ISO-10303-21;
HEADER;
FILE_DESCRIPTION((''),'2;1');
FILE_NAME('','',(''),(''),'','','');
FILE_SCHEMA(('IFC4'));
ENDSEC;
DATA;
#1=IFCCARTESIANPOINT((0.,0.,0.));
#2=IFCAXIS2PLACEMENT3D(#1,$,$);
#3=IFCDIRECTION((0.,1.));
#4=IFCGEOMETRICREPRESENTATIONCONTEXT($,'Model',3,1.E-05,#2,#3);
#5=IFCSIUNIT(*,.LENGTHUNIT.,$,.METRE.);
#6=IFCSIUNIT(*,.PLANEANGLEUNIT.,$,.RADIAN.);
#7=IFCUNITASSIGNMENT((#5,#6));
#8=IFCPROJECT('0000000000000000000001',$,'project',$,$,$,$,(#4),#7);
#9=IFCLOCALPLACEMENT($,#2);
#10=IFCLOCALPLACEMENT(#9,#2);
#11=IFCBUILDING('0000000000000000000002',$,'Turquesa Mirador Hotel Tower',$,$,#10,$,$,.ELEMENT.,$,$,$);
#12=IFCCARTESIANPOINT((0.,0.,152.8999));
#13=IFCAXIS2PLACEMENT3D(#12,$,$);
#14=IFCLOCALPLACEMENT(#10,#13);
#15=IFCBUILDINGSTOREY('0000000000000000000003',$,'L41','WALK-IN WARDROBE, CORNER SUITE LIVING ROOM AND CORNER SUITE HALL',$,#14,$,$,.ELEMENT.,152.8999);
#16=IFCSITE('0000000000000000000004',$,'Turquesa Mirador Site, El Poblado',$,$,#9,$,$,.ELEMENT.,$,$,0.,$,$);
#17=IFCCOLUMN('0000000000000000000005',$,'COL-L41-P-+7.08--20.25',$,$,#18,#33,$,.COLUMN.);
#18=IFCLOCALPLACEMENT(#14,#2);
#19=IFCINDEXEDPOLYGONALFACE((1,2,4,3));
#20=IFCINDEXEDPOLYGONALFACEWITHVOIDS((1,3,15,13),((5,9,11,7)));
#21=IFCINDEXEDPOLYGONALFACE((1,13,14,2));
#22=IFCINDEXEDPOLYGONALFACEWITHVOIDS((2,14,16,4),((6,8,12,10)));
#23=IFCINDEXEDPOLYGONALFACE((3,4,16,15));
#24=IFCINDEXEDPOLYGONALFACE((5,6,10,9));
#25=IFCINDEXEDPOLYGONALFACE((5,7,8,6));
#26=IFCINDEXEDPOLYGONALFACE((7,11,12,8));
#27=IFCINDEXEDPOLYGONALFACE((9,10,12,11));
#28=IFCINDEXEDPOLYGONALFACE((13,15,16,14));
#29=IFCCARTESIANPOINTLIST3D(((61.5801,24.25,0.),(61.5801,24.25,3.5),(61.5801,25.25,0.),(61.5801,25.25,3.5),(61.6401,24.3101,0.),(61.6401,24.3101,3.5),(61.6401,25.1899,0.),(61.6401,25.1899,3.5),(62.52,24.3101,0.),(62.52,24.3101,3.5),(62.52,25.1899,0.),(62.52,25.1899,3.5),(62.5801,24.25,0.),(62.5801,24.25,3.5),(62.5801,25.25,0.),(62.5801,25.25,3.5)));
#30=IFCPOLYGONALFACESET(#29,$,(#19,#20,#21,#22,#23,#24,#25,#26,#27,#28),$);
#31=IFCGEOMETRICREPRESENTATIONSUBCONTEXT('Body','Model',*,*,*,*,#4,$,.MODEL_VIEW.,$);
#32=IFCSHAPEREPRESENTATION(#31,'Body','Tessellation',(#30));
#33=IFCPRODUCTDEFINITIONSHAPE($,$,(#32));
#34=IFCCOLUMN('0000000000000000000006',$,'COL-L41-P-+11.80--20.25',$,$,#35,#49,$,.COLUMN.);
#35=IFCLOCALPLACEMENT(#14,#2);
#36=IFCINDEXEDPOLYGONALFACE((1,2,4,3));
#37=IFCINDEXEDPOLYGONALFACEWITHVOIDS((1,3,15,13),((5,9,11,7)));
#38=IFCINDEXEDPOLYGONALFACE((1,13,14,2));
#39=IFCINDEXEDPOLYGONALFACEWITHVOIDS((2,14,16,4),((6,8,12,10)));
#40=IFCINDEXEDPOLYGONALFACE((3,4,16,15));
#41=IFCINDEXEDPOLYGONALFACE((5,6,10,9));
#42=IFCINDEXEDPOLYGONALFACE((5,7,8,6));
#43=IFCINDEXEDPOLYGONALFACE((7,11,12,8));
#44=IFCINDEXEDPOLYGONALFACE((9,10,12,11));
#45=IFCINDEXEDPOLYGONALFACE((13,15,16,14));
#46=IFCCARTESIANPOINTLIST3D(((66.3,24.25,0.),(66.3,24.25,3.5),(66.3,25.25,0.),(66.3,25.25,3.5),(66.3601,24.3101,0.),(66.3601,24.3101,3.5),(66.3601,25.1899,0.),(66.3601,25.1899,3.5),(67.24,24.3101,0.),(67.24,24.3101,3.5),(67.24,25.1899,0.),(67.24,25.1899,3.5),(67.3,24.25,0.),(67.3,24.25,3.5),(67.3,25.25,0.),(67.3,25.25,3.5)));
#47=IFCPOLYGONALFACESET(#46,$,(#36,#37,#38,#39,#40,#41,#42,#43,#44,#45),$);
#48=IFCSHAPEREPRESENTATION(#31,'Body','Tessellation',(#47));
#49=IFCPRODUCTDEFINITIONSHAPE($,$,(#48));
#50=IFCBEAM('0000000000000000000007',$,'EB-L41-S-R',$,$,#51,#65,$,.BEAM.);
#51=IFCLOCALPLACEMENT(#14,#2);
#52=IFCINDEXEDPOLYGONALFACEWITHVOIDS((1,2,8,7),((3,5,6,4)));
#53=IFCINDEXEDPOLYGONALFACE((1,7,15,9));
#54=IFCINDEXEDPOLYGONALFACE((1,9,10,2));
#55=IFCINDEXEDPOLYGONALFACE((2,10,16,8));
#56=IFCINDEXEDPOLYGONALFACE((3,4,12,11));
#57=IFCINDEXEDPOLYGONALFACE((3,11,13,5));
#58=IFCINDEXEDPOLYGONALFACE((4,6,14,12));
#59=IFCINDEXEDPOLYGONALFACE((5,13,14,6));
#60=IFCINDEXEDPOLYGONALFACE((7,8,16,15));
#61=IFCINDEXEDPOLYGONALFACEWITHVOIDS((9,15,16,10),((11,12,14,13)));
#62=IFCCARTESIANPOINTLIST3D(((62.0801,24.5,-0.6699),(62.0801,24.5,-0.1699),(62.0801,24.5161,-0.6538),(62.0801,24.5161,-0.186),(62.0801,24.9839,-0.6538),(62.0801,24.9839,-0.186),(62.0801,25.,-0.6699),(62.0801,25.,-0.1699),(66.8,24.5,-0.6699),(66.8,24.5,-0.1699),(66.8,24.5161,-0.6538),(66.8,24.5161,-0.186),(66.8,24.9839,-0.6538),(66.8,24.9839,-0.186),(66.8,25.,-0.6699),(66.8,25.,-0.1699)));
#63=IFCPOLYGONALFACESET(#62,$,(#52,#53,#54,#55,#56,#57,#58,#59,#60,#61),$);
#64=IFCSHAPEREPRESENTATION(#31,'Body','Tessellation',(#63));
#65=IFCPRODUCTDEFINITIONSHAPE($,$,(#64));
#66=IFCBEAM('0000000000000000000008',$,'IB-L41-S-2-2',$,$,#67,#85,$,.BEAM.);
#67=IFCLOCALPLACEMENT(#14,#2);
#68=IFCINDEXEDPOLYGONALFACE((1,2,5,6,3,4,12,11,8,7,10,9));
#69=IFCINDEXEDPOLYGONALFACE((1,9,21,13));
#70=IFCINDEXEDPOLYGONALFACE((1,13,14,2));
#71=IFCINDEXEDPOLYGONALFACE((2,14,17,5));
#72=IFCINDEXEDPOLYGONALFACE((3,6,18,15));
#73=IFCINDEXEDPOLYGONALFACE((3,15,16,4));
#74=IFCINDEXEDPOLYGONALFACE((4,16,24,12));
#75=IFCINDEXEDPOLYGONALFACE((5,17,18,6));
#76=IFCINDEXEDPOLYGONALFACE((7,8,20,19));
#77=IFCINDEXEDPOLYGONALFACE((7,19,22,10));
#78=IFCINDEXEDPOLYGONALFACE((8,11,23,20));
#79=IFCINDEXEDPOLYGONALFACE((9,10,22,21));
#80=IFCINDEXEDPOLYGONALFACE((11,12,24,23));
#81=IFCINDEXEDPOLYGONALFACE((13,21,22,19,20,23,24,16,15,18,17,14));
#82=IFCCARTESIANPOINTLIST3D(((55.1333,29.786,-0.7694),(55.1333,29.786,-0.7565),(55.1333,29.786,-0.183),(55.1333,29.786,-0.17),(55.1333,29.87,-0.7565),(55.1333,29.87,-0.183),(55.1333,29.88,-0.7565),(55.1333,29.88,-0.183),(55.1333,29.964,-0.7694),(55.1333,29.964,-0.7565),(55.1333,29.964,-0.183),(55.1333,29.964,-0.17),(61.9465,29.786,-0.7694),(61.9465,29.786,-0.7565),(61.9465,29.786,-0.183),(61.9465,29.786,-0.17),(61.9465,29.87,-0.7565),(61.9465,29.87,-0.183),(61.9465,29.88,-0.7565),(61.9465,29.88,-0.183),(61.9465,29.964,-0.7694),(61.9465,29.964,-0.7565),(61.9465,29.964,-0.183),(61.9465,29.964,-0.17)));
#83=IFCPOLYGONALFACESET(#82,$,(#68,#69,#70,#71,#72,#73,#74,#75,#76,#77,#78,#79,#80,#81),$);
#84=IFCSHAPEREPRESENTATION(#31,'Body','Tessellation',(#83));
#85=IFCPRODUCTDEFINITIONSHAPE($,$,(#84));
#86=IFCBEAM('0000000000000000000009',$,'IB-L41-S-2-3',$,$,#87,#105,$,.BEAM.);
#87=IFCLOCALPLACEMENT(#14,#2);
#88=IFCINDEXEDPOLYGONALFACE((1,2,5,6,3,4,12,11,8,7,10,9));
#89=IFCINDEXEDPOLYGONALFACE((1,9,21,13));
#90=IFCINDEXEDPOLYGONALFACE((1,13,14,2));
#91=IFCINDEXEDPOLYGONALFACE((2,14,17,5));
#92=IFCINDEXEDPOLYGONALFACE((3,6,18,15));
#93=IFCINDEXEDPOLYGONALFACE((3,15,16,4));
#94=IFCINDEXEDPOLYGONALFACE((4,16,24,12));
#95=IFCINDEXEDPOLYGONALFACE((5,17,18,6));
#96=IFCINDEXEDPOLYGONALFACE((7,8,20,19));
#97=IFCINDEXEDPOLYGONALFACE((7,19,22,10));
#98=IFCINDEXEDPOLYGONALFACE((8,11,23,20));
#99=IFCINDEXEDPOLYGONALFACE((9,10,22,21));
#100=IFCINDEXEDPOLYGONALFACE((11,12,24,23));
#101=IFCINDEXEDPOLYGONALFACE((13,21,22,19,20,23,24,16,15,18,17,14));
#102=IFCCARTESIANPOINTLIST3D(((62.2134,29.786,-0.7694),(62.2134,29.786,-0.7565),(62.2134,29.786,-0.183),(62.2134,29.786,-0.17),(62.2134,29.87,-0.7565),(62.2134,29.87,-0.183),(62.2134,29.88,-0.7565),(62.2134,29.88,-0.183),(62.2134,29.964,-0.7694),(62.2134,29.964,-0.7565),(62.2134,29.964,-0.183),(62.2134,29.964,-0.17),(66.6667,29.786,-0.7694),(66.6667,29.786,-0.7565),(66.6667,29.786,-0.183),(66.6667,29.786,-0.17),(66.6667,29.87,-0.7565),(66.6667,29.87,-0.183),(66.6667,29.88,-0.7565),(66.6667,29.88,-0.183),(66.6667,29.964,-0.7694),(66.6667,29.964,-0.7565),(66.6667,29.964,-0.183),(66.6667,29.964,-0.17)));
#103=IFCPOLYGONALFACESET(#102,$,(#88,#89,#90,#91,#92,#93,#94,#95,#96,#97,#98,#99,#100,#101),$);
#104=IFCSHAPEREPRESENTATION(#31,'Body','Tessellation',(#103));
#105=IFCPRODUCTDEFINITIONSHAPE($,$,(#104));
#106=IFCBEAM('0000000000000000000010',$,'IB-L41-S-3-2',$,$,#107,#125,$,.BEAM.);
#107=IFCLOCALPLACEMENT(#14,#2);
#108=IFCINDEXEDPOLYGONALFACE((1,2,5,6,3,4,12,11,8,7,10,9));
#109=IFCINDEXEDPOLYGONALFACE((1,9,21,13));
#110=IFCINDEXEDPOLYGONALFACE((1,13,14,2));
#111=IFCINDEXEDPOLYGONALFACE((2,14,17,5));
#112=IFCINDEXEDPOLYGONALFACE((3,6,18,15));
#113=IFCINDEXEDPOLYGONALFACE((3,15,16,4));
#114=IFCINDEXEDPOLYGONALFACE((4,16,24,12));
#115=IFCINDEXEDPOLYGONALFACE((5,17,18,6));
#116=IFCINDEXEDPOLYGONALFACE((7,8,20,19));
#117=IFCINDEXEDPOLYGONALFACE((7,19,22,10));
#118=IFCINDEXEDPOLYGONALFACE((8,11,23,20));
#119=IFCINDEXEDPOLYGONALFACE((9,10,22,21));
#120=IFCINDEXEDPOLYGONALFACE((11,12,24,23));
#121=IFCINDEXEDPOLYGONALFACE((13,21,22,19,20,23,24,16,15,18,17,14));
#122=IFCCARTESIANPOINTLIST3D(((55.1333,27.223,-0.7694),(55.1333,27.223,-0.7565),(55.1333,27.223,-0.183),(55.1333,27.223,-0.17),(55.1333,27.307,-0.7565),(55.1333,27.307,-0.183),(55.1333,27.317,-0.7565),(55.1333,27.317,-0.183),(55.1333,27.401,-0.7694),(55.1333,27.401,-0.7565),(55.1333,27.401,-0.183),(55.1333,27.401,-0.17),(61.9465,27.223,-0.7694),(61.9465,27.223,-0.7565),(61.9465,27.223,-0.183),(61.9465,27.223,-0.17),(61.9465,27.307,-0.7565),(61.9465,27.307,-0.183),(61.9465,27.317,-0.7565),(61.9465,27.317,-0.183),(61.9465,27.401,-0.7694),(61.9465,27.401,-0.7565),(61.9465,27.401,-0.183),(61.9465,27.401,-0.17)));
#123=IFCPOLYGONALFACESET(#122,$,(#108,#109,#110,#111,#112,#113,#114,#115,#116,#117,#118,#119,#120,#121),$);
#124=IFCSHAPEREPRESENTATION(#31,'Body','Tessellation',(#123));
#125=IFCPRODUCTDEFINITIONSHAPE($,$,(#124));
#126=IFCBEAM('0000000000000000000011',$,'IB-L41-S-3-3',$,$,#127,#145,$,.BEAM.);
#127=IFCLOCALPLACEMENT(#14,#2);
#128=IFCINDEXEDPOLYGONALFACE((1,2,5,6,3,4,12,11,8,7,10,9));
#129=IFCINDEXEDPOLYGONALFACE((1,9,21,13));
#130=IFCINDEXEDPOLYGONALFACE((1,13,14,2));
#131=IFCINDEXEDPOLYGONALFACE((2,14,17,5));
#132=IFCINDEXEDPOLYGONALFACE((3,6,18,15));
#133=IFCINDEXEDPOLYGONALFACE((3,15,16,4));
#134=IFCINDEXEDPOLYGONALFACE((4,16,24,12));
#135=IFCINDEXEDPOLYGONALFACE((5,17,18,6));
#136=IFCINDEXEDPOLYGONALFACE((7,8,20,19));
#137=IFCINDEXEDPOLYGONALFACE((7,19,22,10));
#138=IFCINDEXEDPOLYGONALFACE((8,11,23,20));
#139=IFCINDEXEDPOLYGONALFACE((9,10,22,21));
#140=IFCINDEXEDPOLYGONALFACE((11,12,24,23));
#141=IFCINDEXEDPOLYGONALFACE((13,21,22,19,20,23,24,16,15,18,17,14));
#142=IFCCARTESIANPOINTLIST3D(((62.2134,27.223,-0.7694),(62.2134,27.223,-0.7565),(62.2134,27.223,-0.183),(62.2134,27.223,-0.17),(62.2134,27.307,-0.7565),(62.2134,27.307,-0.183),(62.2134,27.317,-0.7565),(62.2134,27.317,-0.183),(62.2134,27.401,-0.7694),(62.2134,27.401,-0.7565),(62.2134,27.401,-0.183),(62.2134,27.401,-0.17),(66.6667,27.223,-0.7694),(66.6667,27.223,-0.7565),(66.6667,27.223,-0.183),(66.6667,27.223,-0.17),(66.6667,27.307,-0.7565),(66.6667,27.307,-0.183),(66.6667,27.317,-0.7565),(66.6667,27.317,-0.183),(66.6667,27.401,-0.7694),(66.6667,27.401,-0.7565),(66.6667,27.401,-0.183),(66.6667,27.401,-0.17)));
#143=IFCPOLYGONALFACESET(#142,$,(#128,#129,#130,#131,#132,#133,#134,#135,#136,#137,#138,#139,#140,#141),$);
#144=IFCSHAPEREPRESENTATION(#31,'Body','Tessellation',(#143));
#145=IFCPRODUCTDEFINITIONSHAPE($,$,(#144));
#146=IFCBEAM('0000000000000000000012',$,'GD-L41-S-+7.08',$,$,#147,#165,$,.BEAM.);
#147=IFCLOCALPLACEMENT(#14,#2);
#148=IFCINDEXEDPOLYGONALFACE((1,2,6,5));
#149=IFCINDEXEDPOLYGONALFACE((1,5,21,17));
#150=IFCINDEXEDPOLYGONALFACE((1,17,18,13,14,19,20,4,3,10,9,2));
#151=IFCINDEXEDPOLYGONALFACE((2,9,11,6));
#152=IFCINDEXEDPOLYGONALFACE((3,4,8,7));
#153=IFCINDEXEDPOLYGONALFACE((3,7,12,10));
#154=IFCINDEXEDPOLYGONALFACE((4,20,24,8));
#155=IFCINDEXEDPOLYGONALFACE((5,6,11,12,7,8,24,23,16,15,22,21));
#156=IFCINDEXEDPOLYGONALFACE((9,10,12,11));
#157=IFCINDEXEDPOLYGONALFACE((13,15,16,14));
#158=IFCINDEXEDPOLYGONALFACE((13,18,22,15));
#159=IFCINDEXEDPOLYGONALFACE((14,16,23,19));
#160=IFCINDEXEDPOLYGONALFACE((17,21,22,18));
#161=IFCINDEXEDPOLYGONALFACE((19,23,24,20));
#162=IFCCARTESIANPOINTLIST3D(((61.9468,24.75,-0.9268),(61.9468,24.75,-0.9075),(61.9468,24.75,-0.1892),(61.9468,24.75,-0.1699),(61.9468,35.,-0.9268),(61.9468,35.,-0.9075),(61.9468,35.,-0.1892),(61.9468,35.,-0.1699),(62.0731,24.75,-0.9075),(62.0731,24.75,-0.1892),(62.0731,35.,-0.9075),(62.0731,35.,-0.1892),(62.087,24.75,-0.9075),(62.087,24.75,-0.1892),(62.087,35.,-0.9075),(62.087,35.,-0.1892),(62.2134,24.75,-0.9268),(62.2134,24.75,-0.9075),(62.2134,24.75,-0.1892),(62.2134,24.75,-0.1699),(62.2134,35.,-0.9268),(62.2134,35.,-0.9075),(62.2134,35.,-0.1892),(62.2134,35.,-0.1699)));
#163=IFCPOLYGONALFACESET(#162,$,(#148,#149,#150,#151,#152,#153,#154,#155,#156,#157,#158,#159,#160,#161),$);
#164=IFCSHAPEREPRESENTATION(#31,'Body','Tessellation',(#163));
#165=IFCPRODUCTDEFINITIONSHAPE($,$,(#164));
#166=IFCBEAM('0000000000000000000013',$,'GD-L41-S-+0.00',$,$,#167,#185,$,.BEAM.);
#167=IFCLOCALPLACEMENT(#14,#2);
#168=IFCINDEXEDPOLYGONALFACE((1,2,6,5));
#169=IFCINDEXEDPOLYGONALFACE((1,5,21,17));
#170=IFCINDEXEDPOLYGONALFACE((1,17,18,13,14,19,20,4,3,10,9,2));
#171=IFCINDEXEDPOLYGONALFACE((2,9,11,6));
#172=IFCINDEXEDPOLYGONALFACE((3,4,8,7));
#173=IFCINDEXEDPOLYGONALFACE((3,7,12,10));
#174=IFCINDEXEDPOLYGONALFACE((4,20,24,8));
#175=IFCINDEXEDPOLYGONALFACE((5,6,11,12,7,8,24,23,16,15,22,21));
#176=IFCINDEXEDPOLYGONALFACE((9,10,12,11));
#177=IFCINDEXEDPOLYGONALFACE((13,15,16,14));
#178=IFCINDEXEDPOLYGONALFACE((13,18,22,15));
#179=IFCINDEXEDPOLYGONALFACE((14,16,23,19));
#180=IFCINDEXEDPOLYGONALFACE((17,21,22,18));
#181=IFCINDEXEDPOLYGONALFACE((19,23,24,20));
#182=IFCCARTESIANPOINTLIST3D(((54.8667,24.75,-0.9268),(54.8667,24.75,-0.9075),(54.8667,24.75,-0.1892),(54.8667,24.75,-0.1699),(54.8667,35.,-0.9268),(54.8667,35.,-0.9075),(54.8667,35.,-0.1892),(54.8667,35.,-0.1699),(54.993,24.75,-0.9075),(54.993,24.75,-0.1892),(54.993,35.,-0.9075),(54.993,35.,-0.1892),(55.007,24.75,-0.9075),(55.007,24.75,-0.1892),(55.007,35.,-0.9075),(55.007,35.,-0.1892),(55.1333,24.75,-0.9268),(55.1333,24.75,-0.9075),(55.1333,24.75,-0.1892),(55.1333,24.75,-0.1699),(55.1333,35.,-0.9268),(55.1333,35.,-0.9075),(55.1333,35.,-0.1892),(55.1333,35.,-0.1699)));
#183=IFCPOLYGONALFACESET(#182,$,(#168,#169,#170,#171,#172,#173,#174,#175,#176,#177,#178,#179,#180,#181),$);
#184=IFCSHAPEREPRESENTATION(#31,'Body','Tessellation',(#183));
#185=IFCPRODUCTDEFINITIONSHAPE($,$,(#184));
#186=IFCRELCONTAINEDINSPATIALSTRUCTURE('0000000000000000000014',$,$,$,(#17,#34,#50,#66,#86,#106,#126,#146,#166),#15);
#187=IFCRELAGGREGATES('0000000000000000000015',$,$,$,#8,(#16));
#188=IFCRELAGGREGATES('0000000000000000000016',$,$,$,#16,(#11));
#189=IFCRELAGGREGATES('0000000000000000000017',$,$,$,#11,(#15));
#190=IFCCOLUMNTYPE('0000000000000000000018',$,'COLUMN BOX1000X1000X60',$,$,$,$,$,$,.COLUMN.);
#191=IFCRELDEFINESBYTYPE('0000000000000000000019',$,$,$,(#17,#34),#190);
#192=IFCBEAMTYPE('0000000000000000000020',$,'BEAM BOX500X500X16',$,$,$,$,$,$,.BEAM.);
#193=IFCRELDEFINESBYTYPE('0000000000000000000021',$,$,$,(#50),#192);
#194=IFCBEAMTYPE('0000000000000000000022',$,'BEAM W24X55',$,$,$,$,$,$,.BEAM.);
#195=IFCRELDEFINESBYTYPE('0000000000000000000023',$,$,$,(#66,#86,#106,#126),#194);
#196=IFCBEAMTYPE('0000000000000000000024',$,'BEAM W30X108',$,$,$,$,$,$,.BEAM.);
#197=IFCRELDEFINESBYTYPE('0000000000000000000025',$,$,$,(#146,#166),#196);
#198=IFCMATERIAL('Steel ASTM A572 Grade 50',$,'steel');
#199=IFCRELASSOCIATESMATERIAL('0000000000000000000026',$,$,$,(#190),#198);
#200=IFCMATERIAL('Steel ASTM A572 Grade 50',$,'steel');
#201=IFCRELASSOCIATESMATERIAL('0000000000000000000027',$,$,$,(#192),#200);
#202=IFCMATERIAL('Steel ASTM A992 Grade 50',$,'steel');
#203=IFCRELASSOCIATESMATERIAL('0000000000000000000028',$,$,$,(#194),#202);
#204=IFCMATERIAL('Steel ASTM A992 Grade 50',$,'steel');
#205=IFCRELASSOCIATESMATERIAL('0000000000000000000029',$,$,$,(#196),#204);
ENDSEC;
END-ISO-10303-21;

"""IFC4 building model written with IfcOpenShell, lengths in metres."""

from ifc_helpers import new_model, si_unit, direction, frame, origin, origin_2d, place, context, subcontext, project, spatial, hollow_rectangle, i_section, extrude, material, material_profile, profile_set, type_object, element, save


model = new_model("IFC4")

# Units and contexts
model_context = context("Model", 3, precision=1e-05, world=origin(), true_north=direction((0.0, 1.0)))
body_context = subcontext(model_context, "Body", "Model", "MODEL_VIEW")
ifc_project = project(units=[si_unit("LENGTHUNIT", "METRE"), si_unit("PLANEANGLEUNIT", "RADIAN")], contexts=[model_context])

# Site, building, storey
site_placement = place(None, origin())
site = spatial("IfcSite", under=ifc_project, at=site_placement, Name="Turquesa Mirador Site, El Poblado", CompositionType="ELEMENT", RefElevation=0.0)
building_placement = place(site_placement, origin())
building = spatial("IfcBuilding", under=site, at=building_placement, Name="Turquesa Mirador Hotel Tower", CompositionType="ELEMENT")
storey_placement = place(building_placement, frame((0.0, 0.0, 152.8999)))
storey = spatial("IfcBuildingStorey", under=building, at=storey_placement, Name="L41", Description="WALK-IN WARDROBE, CORNER SUITE LIVING ROOM AND CORNER SUITE HALL", CompositionType="ELEMENT", Elevation=152.8999)

# Columns
ifc_material_1 = material(Name="Steel ASTM A572 Grade 50", Category="steel")
ifc_material_profile_1 = material_profile(ifc_material_1, hollow_rectangle(XDim=1.0, YDim=1.0, WallThickness=0.0601, at=origin_2d()), Name="BOX1000X1000X60")
ifc_profile_set_1 = profile_set([ifc_material_profile_1], Name="Steel ASTM A572 Grade 50")
column_type = type_object("IfcColumnType", Name="COLUMN BOX1000X1000X60", PredefinedType="COLUMN", material=ifc_profile_set_1)
for number, where, z_axis, x_axis, name in (
    (1, (62.0801, 24.75, 0.0), (0.0, 0.0, 1.0), (1.0, 0.0, 0.0), "COL-L41-P-+7.08--20.25"),
    (2, (66.8, 24.75, 0.0), (0.0, 0.0, 1.0), (1.0, 0.0, 0.0), "COL-L41-P-+11.80--20.25"),
):
    element("IfcColumn", number, at=place(storey_placement, frame(where, z_axis=z_axis, x_axis=x_axis)), inside=storey, type_object=column_type, Name=name, PredefinedType="COLUMN", context=body_context, shape_type="SweptSolid", body=[
        extrude(hollow_rectangle(XDim=1.0, YDim=1.0, WallThickness=0.0601, at=origin_2d()), origin(), (0.0, 0.0, 1.0), 3.5),
    ])

# Beams
ifc_material_2 = material(Name="Steel ASTM A572 Grade 50", Category="steel")
ifc_material_profile_2 = material_profile(ifc_material_2, hollow_rectangle(XDim=0.5, YDim=0.5, WallThickness=0.0161, at=origin_2d()), Name="BOX500X500X16")
ifc_profile_set_2 = profile_set([ifc_material_profile_2], Name="Steel ASTM A572 Grade 50")
beam_type_1 = type_object("IfcBeamType", Name="BEAM BOX500X500X16", PredefinedType="BEAM", material=ifc_profile_set_2)
beam_1_placement = place(storey_placement, frame((62.0801, 24.75, -0.4199), z_axis=(1.0, 0.0, 0.0), x_axis=(0.0, 1.0, 0.0)))
element("IfcBeam", 3, at=beam_1_placement, inside=storey, type_object=beam_type_1, Name="EB-L41-S-R", PredefinedType="BEAM", context=body_context, shape_type="SweptSolid", body=[
    extrude(hollow_rectangle(XDim=0.5, YDim=0.5, WallThickness=0.0161, at=origin_2d()), origin(), (0.0, 0.0, 1.0), 4.72),
])
ifc_material_3 = material(Name="Steel ASTM A992 Grade 50", Category="steel")
ifc_material_profile_3 = material_profile(ifc_material_3, i_section(OverallWidth=0.178, OverallDepth=0.5994, WebThickness=0.01, FlangeThickness=0.0129, at=origin_2d()), Name="W24X55")
ifc_profile_set_3 = profile_set([ifc_material_profile_3], Name="Steel ASTM A992 Grade 50")
beam_type_2 = type_object("IfcBeamType", Name="BEAM W24X55", PredefinedType="BEAM", material=ifc_profile_set_3)
beam_2_placement = place(storey_placement, frame((55.1333, 29.875, -0.4697), z_axis=(1.0, 0.0, 0.0), x_axis=(0.0, 1.0, 0.0)))
element("IfcBeam", 4, at=beam_2_placement, inside=storey, type_object=beam_type_2, Name="IB-L41-S-2-2", PredefinedType="BEAM", context=body_context, shape_type="SweptSolid", body=[
    extrude(i_section(OverallWidth=0.178, OverallDepth=0.5994, WebThickness=0.01, FlangeThickness=0.0129, at=origin_2d()), origin(), (0.0, 0.0, 1.0), 6.8132),
])
beam_3_placement = place(storey_placement, frame((62.2134, 29.875, -0.4697), z_axis=(1.0, 0.0, 0.0), x_axis=(0.0, 1.0, 0.0)))
element("IfcBeam", 5, at=beam_3_placement, inside=storey, type_object=beam_type_2, Name="IB-L41-S-2-3", PredefinedType="BEAM", context=body_context, shape_type="SweptSolid", body=[
    extrude(i_section(OverallWidth=0.178, OverallDepth=0.5994, WebThickness=0.01, FlangeThickness=0.0129, at=origin_2d()), origin(), (0.0, 0.0, 1.0), 4.4534),
])
beam_4_placement = place(storey_placement, frame((55.1333, 27.312, -0.4697), z_axis=(1.0, 0.0, 0.0), x_axis=(0.0, 1.0, 0.0)))
element("IfcBeam", 6, at=beam_4_placement, inside=storey, type_object=beam_type_2, Name="IB-L41-S-3-2", PredefinedType="BEAM", context=body_context, shape_type="SweptSolid", body=[
    extrude(i_section(OverallWidth=0.178, OverallDepth=0.5994, WebThickness=0.01, FlangeThickness=0.0129, at=origin_2d()), origin(), (0.0, 0.0, 1.0), 6.8132),
])
beam_5_placement = place(storey_placement, frame((62.2134, 27.312, -0.4697), z_axis=(1.0, 0.0, 0.0), x_axis=(0.0, 1.0, 0.0)))
element("IfcBeam", 7, at=beam_5_placement, inside=storey, type_object=beam_type_2, Name="IB-L41-S-3-3", PredefinedType="BEAM", context=body_context, shape_type="SweptSolid", body=[
    extrude(i_section(OverallWidth=0.178, OverallDepth=0.5994, WebThickness=0.01, FlangeThickness=0.0129, at=origin_2d()), origin(), (0.0, 0.0, 1.0), 4.4534),
])
ifc_material_4 = material(Name="Steel ASTM A992 Grade 50", Category="steel")
ifc_material_profile_4 = material_profile(ifc_material_4, i_section(OverallWidth=0.2666, OverallDepth=0.7568, WebThickness=0.0139, FlangeThickness=0.0193, at=origin_2d()), Name="W30X108")
ifc_profile_set_4 = profile_set([ifc_material_profile_4], Name="Steel ASTM A992 Grade 50")
beam_type_3 = type_object("IfcBeamType", Name="BEAM W30X108", PredefinedType="BEAM", material=ifc_profile_set_4)
for number, where, z_axis, x_axis, name in (
    (8, (62.0801, 24.75, -0.5483), (0.0, 1.0, 0.0), (-1.0, 0.0, 0.0), "GD-L41-S-+7.08"),
    (9, (55.0, 24.75, -0.5483), (0.0, 1.0, 0.0), (-1.0, 0.0, 0.0), "GD-L41-S-+0.00"),
):
    element("IfcBeam", number, at=place(storey_placement, frame(where, z_axis=z_axis, x_axis=x_axis)), inside=storey, type_object=beam_type_3, Name=name, PredefinedType="BEAM", context=body_context, shape_type="SweptSolid", body=[
        extrude(i_section(OverallWidth=0.2666, OverallDepth=0.7568, WebThickness=0.0139, FlangeThickness=0.0193, at=origin_2d()), origin(), (0.0, 0.0, 1.0), 10.25),
    ])

save(model, "model.ifc")
